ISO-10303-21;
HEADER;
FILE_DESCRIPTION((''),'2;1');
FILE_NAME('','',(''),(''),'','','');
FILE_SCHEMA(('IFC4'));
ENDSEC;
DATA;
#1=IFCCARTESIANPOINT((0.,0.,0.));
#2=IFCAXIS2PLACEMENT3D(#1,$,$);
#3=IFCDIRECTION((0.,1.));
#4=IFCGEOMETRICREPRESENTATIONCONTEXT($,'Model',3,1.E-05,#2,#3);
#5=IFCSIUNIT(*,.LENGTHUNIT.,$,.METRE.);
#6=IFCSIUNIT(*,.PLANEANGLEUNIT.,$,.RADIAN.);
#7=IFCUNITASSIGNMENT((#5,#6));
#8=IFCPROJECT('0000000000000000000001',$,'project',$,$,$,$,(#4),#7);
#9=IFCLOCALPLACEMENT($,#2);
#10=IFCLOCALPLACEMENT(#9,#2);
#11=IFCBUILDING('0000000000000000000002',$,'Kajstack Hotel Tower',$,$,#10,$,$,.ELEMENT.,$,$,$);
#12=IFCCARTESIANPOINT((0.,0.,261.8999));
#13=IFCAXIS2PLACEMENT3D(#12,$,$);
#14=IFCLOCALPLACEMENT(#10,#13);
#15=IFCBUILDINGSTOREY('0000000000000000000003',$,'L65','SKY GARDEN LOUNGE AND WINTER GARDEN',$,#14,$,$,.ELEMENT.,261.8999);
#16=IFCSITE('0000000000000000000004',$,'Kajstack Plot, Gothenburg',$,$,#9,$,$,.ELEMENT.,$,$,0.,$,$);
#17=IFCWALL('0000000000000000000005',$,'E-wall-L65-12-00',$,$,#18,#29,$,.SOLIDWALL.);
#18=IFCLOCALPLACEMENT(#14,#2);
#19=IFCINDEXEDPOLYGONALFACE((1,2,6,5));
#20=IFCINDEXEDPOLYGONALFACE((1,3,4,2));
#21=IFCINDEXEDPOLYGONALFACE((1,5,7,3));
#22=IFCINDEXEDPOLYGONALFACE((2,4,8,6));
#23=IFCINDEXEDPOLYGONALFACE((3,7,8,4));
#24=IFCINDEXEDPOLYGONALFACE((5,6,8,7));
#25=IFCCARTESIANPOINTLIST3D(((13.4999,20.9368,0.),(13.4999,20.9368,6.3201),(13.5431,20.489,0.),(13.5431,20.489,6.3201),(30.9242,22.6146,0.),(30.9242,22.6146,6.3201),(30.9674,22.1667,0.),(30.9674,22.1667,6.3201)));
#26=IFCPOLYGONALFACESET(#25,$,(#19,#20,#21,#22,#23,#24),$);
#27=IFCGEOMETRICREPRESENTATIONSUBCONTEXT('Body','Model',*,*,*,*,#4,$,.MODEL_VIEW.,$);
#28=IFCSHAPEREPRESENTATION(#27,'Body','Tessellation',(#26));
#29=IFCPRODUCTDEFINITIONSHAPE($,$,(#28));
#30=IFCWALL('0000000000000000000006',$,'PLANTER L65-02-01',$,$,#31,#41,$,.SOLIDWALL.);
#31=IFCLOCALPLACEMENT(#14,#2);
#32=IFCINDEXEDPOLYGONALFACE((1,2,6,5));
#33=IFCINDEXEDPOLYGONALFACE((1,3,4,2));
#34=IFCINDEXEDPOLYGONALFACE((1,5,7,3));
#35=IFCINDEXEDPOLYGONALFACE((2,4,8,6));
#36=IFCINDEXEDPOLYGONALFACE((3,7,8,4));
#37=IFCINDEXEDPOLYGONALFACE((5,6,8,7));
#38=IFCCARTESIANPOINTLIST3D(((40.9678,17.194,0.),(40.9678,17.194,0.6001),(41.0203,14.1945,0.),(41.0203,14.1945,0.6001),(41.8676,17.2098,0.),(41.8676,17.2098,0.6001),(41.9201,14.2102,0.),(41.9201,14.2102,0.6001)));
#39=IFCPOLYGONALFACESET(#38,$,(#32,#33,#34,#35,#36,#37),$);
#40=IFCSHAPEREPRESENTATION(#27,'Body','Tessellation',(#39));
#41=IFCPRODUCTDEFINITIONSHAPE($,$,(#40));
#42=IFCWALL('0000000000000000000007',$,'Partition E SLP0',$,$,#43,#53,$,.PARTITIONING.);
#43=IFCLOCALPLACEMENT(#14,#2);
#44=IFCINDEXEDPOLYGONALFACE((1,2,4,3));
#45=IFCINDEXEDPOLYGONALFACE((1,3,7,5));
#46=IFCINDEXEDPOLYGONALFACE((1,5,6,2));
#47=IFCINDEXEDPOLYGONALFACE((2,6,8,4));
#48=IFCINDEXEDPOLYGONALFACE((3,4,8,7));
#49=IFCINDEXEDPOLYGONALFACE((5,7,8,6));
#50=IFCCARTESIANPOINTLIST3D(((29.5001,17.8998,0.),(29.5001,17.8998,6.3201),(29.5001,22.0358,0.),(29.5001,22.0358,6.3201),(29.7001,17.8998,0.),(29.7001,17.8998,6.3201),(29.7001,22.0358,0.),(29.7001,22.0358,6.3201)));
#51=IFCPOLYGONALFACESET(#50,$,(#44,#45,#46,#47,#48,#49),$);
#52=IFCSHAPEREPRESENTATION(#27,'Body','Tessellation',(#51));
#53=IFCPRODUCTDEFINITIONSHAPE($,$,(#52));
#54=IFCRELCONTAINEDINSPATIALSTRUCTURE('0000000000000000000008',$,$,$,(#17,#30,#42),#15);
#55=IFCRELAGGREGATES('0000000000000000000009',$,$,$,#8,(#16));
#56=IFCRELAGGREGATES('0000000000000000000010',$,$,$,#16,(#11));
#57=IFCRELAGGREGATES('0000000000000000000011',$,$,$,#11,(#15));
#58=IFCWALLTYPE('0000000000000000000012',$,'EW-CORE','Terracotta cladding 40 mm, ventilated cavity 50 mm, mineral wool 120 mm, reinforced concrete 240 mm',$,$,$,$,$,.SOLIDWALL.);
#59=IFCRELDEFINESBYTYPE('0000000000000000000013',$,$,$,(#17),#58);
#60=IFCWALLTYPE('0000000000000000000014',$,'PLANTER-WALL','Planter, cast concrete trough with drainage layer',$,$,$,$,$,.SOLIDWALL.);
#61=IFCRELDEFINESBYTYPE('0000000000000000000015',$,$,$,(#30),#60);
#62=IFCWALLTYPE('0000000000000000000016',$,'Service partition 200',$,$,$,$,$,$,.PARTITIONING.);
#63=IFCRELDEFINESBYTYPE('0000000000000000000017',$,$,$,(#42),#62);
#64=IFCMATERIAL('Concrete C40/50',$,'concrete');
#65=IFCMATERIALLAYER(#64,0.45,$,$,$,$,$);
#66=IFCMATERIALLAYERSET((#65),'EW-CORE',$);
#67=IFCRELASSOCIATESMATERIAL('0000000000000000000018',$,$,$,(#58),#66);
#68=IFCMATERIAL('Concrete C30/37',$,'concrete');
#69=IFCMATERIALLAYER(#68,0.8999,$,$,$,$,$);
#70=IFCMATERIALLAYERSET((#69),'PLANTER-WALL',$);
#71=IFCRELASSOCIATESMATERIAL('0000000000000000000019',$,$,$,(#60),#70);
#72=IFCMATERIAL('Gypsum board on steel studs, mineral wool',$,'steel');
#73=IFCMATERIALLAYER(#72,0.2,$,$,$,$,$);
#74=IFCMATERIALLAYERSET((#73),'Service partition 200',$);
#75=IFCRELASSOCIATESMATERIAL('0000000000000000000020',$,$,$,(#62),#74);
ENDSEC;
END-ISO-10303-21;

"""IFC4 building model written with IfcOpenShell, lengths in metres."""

from ifc_helpers import new_model, si_unit, direction, frame, frame_2d, origin, place, context, subcontext, project, spatial, rectangle, extrude, material, layer, layer_set, type_object, element, save


model = new_model("IFC4")

# Units and contexts
model_context = context("Model", 3, precision=1e-05, world=origin(), true_north=direction((0.0, 1.0)))
body_context = subcontext(model_context, "Body", "Model", "MODEL_VIEW")
ifc_project = project(units=[si_unit("LENGTHUNIT", "METRE"), si_unit("PLANEANGLEUNIT", "RADIAN")], contexts=[model_context])

# Site, building, storey
site_placement = place(None, origin())
site = spatial("IfcSite", under=ifc_project, at=site_placement, Name="Kajstack Plot, Gothenburg", CompositionType="ELEMENT", RefElevation=0.0)
building_placement = place(site_placement, origin())
building = spatial("IfcBuilding", under=site, at=building_placement, Name="Kajstack Hotel Tower", CompositionType="ELEMENT")
storey_placement = place(building_placement, frame((0.0, 0.0, 261.8999)))
storey = spatial("IfcBuildingStorey", under=building, at=storey_placement, Name="L65", Description="SKY GARDEN LOUNGE AND WINTER GARDEN", CompositionType="ELEMENT", Elevation=261.8999)

# Walls
ifc_material_1 = material(Name="Concrete C40/50", Category="concrete")
ifc_layer_1 = layer(ifc_material_1, 0.45)
ifc_layer_set_1 = layer_set([ifc_layer_1], Name="EW-CORE")
wall_type_1 = type_object("IfcWallType", Name="EW-CORE", Description="Terracotta cladding 40 mm, ventilated cavity 50 mm, mineral wool 120 mm, reinforced concrete 240 mm", PredefinedType="SOLIDWALL", material=ifc_layer_set_1)
wall_1_placement = place(storey_placement, frame((30.9458, 22.3906, 0.0), z_axis=(0.0, 0.0, 1.0), x_axis=(-0.995396, -0.095844, 0.0)))
element("IfcWall", 1, at=wall_1_placement, inside=storey, type_object=wall_type_1, Name="E-wall-L65-12-00", PredefinedType="SOLIDWALL", context=body_context, shape_type="SweptSolid", body=[
    extrude(rectangle(XDim=17.5049, YDim=0.45, at=frame_2d((8.7524, 0.0))), origin(), (0.0, 0.0, 1.0), 6.3201),
])
ifc_material_2 = material(Name="Concrete C30/37", Category="concrete")
ifc_layer_2 = layer(ifc_material_2, 0.8999)
ifc_layer_set_2 = layer_set([ifc_layer_2], Name="PLANTER-WALL")
wall_type_2 = type_object("IfcWallType", Name="PLANTER-WALL", Description="Planter, cast concrete trough with drainage layer", PredefinedType="SOLIDWALL", material=ifc_layer_set_2)
wall_2_placement = place(storey_placement, frame((41.4177, 17.2019, 0.0), z_axis=(0.0, 0.0, 1.0), x_axis=(0.017497, -0.999847, 0.0)))
element("IfcWall", 2, at=wall_2_placement, inside=storey, type_object=wall_type_2, Name="PLANTER L65-02-01", PredefinedType="SOLIDWALL", context=body_context, shape_type="SweptSolid", body=[
    extrude(rectangle(XDim=3.0, YDim=0.8999, at=frame_2d((1.5, 0.0))), origin(), (0.0, 0.0, 1.0), 0.6001),
])
ifc_material_3 = material(Name="Gypsum board on steel studs, mineral wool", Category="steel")
ifc_layer_3 = layer(ifc_material_3, 0.2)
ifc_layer_set_3 = layer_set([ifc_layer_3], Name="Service partition 200")
wall_type_3 = type_object("IfcWallType", Name="Service partition 200", PredefinedType="PARTITIONING", material=ifc_layer_set_3)
wall_3_placement = place(storey_placement, frame((29.6001, 17.8999, 0.0), z_axis=(0.0, 0.0, 1.0), x_axis=(0.0, 1.0, 0.0)))
element("IfcWall", 3, at=wall_3_placement, inside=storey, type_object=wall_type_3, Name="Partition E SLP0", PredefinedType="PARTITIONING", context=body_context, shape_type="SweptSolid", body=[
    extrude(rectangle(XDim=4.136, YDim=0.2, at=frame_2d((2.0679, 0.0))), origin(), (0.0, 0.0, 1.0), 6.3201),
])

save(model, "model.ifc")
